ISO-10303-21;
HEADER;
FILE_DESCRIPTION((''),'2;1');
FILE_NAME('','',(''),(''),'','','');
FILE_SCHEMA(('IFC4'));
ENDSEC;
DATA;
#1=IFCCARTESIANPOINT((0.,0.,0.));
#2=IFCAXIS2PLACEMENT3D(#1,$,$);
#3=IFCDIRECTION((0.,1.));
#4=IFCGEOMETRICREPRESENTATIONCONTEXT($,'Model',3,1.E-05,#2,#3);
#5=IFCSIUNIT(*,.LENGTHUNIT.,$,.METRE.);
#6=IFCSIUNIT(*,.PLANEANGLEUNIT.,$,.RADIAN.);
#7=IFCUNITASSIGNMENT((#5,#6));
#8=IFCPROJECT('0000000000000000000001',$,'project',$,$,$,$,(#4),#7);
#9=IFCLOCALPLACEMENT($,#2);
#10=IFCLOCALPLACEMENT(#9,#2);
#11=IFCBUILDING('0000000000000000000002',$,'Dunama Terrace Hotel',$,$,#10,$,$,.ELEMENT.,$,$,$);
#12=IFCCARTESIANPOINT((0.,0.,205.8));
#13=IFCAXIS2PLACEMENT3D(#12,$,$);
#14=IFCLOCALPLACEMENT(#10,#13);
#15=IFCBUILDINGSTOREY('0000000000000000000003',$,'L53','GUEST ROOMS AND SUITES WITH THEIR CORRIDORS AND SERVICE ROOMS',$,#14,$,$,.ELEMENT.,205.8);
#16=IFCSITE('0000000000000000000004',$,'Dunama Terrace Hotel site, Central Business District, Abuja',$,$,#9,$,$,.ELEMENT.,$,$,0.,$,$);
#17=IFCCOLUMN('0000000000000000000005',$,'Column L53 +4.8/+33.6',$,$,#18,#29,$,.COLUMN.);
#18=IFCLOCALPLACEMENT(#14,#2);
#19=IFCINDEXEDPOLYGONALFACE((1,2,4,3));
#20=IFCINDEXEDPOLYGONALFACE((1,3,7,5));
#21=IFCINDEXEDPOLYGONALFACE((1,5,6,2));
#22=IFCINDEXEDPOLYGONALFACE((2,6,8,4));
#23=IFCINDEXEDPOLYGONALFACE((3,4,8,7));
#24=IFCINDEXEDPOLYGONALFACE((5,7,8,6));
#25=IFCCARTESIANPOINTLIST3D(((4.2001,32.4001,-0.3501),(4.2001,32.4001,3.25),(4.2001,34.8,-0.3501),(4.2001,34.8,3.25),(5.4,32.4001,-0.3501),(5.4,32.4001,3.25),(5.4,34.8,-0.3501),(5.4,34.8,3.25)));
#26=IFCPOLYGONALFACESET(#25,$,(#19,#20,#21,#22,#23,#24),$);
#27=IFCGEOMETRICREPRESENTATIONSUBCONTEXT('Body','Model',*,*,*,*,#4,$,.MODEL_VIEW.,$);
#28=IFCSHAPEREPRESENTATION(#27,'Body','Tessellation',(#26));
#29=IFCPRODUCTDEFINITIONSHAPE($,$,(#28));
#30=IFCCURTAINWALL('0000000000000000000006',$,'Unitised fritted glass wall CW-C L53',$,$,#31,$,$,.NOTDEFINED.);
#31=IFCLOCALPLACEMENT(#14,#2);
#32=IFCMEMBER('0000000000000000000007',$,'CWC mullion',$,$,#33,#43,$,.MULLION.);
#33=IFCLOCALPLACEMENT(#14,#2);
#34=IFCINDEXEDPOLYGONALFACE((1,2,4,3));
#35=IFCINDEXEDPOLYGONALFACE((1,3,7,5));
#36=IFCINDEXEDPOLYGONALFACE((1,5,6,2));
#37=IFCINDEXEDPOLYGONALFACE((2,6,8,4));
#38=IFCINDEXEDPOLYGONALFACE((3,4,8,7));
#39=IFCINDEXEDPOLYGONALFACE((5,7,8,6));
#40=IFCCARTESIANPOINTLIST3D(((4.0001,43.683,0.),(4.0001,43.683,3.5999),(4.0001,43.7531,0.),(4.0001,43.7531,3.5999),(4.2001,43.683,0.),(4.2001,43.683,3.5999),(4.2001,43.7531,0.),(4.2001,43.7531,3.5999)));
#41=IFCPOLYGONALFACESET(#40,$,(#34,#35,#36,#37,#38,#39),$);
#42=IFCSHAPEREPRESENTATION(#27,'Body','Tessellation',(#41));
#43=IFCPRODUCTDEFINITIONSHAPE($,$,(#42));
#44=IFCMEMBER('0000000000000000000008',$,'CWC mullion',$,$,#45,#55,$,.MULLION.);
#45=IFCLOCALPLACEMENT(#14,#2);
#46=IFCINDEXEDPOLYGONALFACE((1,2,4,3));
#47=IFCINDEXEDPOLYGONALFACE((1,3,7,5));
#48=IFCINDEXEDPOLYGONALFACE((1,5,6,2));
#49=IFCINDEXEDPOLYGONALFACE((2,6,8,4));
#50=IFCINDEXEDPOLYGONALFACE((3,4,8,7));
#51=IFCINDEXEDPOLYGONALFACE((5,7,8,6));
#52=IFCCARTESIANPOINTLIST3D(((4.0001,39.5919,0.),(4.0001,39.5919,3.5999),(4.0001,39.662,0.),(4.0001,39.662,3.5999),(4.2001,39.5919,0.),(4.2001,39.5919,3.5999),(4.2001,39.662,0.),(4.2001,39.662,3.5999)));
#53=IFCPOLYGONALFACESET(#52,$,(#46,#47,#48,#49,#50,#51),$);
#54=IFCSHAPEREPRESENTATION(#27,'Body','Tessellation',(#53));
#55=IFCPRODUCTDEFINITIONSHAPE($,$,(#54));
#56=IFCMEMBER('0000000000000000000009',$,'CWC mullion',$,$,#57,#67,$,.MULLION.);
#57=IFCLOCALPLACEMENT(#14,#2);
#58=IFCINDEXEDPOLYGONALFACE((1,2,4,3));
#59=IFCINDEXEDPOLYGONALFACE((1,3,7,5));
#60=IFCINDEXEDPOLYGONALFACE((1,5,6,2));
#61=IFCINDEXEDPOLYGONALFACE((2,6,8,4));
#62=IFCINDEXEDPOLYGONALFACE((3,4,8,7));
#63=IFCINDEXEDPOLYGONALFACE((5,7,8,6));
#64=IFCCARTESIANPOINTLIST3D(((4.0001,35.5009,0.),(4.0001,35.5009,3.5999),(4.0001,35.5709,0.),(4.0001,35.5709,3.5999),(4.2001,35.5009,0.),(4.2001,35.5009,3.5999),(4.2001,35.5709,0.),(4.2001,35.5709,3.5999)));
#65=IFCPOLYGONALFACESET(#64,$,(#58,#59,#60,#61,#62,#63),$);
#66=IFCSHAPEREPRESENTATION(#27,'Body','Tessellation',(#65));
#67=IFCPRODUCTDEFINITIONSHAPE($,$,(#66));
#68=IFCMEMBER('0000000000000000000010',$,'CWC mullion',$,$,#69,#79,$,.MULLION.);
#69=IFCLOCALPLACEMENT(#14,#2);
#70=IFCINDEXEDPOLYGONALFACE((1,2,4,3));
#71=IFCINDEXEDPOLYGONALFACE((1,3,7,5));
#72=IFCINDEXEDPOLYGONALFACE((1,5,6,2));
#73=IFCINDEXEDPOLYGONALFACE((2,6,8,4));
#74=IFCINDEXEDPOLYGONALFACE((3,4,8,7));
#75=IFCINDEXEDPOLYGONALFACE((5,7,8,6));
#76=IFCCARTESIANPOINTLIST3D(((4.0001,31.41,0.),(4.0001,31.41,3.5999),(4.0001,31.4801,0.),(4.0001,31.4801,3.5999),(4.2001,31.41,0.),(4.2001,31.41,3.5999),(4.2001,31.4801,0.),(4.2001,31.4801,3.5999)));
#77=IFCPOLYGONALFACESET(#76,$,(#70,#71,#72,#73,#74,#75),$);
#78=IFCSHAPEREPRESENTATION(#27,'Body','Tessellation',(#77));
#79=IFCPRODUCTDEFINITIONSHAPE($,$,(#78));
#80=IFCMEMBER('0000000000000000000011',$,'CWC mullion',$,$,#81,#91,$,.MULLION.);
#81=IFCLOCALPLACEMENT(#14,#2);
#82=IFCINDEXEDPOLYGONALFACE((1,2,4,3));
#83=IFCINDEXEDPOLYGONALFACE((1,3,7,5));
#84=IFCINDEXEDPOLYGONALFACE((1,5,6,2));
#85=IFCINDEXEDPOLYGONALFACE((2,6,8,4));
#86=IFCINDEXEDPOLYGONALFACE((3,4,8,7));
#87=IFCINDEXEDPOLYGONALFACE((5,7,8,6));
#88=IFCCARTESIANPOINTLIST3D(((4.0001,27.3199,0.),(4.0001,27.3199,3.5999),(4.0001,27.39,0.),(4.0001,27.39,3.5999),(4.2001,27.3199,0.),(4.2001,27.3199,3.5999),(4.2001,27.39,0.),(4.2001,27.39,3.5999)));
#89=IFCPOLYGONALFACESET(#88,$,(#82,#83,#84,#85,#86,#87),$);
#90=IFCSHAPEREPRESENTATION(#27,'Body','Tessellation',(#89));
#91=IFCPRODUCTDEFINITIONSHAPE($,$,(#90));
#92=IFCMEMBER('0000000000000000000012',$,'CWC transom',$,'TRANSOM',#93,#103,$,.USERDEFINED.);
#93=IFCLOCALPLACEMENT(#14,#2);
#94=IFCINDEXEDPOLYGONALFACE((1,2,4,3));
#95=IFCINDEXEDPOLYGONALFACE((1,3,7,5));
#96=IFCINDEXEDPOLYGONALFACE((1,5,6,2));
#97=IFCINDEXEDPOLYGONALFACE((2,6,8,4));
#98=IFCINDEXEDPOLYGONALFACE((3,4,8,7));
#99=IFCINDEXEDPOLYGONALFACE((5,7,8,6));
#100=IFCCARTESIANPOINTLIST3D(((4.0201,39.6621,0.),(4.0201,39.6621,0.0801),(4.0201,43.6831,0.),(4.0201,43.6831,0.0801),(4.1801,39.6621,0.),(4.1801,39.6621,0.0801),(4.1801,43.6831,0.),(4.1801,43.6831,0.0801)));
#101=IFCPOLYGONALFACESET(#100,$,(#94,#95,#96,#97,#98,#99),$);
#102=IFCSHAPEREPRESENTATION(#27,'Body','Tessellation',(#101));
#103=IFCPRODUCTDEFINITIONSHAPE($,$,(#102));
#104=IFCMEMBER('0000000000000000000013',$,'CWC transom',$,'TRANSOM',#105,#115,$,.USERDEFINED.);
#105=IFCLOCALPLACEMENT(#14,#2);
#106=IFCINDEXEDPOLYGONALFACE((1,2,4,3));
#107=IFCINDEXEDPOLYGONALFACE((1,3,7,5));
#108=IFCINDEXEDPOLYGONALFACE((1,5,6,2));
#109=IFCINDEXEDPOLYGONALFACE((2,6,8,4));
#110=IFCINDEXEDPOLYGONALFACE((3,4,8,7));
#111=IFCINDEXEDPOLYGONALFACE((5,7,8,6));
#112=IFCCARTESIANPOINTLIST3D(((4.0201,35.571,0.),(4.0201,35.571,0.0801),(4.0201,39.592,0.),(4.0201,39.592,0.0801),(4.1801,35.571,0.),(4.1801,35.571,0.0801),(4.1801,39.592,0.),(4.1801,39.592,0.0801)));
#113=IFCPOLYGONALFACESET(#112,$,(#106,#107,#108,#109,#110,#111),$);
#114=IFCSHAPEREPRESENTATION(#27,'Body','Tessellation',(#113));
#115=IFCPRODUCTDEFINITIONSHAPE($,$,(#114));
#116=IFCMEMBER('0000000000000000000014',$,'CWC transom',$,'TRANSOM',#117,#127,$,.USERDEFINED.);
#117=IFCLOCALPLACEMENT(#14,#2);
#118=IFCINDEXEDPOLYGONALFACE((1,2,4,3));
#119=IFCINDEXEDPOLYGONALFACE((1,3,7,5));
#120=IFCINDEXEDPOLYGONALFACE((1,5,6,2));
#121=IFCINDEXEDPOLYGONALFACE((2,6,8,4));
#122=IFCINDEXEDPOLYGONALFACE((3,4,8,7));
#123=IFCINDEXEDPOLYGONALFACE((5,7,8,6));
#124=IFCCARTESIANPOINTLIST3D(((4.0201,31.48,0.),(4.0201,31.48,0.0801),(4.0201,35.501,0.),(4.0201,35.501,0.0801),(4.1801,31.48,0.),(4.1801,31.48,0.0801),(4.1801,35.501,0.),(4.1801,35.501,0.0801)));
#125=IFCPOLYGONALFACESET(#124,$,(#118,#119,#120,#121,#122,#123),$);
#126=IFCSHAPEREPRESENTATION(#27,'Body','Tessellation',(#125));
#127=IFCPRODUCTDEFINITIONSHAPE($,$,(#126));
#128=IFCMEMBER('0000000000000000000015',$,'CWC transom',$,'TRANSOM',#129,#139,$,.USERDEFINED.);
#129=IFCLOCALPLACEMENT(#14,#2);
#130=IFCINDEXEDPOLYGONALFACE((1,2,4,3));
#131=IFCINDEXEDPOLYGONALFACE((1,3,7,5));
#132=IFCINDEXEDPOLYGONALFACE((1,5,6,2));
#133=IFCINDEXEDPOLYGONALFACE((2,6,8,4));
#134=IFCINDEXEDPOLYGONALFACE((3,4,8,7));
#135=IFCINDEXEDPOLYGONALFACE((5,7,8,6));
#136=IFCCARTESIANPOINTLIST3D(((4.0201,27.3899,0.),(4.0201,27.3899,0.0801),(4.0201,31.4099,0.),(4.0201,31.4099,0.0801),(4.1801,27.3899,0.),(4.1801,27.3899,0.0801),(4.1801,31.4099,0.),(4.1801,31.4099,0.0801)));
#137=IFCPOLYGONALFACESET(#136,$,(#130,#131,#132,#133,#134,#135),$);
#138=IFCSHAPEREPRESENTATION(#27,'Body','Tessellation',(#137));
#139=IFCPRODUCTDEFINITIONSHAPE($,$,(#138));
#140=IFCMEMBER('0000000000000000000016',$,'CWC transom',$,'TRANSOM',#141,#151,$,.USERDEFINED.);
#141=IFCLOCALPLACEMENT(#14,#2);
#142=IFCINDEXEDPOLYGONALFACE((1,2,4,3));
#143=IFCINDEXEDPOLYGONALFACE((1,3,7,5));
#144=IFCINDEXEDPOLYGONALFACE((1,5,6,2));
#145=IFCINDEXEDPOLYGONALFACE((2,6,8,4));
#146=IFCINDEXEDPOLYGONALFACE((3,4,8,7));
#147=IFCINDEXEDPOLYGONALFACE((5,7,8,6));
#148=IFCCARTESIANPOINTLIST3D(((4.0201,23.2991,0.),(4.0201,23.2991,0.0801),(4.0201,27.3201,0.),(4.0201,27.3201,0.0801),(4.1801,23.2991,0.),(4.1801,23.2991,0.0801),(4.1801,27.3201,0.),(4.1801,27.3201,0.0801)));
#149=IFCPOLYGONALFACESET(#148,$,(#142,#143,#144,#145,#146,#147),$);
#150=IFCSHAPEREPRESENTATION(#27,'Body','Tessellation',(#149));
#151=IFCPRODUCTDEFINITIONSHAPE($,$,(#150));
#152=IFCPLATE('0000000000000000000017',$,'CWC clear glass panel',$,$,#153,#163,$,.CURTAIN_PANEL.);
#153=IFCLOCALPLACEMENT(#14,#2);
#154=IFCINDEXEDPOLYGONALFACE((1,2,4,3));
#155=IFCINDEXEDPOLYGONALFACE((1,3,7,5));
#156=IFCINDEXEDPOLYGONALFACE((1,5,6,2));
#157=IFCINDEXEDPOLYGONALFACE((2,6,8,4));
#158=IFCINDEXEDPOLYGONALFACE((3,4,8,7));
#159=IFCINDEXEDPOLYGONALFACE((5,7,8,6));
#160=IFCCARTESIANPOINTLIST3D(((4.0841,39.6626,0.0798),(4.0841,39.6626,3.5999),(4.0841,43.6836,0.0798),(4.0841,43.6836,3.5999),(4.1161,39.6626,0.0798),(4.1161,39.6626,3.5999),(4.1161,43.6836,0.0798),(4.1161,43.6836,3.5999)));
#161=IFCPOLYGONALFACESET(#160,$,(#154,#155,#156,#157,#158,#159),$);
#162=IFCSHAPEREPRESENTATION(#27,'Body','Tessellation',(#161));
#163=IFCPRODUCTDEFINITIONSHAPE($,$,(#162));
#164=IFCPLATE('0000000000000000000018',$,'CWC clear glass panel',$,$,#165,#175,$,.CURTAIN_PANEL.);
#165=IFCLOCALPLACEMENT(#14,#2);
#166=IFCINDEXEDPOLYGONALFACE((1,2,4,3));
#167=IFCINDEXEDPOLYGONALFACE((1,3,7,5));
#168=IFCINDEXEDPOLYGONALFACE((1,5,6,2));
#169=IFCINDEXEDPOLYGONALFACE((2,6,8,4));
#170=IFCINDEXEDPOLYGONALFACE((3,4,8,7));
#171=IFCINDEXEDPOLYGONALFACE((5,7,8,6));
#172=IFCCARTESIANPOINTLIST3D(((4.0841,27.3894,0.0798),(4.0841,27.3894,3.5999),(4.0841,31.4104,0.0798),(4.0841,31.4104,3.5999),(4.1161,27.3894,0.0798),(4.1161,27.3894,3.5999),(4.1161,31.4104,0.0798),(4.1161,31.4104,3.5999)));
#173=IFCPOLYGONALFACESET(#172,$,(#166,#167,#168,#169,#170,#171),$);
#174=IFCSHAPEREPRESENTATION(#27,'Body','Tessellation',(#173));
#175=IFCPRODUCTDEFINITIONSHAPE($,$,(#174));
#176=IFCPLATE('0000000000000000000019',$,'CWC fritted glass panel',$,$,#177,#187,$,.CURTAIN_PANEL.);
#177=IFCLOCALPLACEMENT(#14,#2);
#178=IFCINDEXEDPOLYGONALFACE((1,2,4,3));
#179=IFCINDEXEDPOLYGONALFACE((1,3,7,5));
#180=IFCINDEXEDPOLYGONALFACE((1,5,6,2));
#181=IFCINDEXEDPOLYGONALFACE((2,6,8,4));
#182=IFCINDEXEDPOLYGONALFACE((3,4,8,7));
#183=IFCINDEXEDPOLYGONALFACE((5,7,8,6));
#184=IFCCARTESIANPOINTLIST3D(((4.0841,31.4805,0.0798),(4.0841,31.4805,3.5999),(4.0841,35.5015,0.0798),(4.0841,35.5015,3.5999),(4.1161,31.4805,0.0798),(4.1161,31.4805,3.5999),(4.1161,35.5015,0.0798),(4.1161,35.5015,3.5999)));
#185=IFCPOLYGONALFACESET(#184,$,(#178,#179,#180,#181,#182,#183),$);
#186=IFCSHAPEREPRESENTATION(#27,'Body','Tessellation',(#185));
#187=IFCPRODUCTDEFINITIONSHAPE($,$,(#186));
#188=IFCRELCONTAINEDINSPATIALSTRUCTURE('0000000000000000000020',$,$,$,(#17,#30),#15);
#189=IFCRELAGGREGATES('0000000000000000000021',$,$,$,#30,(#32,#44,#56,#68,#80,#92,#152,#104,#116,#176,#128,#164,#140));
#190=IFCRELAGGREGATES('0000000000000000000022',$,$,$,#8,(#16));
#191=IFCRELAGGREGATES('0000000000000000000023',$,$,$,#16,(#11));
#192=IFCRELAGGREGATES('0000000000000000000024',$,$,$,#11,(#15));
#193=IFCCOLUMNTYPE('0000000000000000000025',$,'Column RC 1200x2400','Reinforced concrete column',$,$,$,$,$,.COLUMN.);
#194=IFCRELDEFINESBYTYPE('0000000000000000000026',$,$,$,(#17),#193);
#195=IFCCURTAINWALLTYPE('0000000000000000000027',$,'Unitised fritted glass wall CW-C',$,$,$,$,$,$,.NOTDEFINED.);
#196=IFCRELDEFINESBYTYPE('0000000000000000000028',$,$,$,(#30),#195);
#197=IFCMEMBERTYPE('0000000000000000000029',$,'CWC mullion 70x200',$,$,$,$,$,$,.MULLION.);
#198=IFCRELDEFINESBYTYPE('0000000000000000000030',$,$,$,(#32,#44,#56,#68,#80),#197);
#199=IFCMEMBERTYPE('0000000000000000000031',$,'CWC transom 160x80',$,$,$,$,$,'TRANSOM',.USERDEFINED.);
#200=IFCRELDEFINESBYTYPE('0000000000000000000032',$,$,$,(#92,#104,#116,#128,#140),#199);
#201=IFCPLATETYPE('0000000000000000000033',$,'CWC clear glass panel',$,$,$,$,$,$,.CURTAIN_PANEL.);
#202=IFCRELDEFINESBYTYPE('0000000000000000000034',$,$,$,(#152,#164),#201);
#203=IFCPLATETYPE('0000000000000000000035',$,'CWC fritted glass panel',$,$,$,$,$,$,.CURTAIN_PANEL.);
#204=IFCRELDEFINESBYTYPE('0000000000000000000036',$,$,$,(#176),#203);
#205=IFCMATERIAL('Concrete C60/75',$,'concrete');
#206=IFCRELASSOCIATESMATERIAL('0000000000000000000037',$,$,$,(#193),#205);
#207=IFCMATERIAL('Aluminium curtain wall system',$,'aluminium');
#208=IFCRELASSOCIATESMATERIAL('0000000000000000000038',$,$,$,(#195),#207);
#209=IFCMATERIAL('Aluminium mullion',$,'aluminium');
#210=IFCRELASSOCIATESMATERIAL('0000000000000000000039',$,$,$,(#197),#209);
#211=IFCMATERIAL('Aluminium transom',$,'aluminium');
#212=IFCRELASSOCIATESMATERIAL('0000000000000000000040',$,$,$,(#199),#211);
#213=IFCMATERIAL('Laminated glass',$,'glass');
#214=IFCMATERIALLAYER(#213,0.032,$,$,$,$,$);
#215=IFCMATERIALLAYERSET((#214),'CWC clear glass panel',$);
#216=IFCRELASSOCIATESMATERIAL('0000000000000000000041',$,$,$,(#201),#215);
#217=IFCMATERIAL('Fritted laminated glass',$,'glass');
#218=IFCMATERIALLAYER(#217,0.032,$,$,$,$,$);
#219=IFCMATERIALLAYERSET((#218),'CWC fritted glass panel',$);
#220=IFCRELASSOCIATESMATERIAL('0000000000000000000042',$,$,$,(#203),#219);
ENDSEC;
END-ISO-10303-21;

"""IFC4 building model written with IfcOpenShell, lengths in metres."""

from ifc_helpers import new_model, si_unit, direction, frame, origin, origin_2d, place, context, subcontext, project, spatial, rectangle, extrude, material, layer, layer_set, material_profile, profile_set, type_object, element, aggregate, save


model = new_model("IFC4")

# Units and contexts
model_context = context("Model", 3, precision=1e-05, world=origin(), true_north=direction((0.0, 1.0)))
body_context = subcontext(model_context, "Body", "Model", "MODEL_VIEW")
ifc_project = project(units=[si_unit("LENGTHUNIT", "METRE"), si_unit("PLANEANGLEUNIT", "RADIAN")], contexts=[model_context])

# Site, building, storey
site_placement = place(None, origin())
site = spatial("IfcSite", under=ifc_project, at=site_placement, Name="Dunama Terrace Hotel site, Central Business District, Abuja", CompositionType="ELEMENT", RefElevation=0.0)
building_placement = place(site_placement, origin())
building = spatial("IfcBuilding", under=site, at=building_placement, Name="Dunama Terrace Hotel", CompositionType="ELEMENT")
storey_placement = place(building_placement, frame((0.0, 0.0, 205.8)))
storey = spatial("IfcBuildingStorey", under=building, at=storey_placement, Name="L53", Description="GUEST ROOMS AND SUITES WITH THEIR CORRIDORS AND SERVICE ROOMS", CompositionType="ELEMENT", Elevation=205.8)

# Column
ifc_material_1 = material(Name="Concrete C60/75", Category="concrete")
ifc_material_profile_1 = material_profile(ifc_material_1, rectangle(XDim=1.2, YDim=2.3999, at=origin_2d()), Name="RC 1200x2400")
ifc_profile_set_1 = profile_set([ifc_material_profile_1], Name="Concrete C60/75")
column_type = type_object("IfcColumnType", Name="Column RC 1200x2400", Description="Reinforced concrete column", PredefinedType="COLUMN", material=ifc_profile_set_1)
column_placement = place(storey_placement, frame((4.8, 33.6001, -0.3501), z_axis=(0.0, 0.0, 1.0), x_axis=(1.0, 0.0, 0.0)))
element("IfcColumn", 1, at=column_placement, inside=storey, type_object=column_type, Name="Column L53 +4.8/+33.6", PredefinedType="COLUMN", context=body_context, shape_type="SweptSolid", body=[
    extrude(rectangle(XDim=1.2, YDim=2.3999, at=origin_2d()), origin(), (0.0, 0.0, 1.0), 3.6001),
])

# Curtain wall, members, plates
ifc_material_2 = material(Name="Aluminium curtain wall system", Category="aluminium")
curtain_wall_type = type_object("IfcCurtainWallType", Name="Unitised fritted glass wall CW-C", PredefinedType="NOTDEFINED", material=ifc_material_2)
curtain_wall_placement = place(storey_placement, origin())
curtain_wall = element("IfcCurtainWall", 2, at=curtain_wall_placement, inside=storey, type_object=curtain_wall_type, Name="Unitised fritted glass wall CW-C L53", PredefinedType="NOTDEFINED")
ifc_material_3 = material(Name="Aluminium mullion", Category="aluminium")
ifc_material_profile_2 = material_profile(ifc_material_3, rectangle(XDim=0.0701, YDim=0.2, at=origin_2d()), Name="CWC MULLION 70X200")
ifc_profile_set_2 = profile_set([ifc_material_profile_2], Name="Aluminium mullion")
member_type_1 = type_object("IfcMemberType", Name="CWC mullion 70x200", PredefinedType="MULLION", material=ifc_profile_set_2)
member_1_placement = place(storey_placement, frame((4.1001, 43.718, 0.0), z_axis=(0.0, 0.0, 1.0), x_axis=(0.0, -1.0, 0.0)))
member_1 = element("IfcMember", 3, at=member_1_placement, type_object=member_type_1, Name="CWC mullion", PredefinedType="MULLION", context=body_context, shape_type="SweptSolid", body=[
    extrude(rectangle(XDim=0.0701, YDim=0.2, at=origin_2d()), origin(), (0.0, 0.0, 1.0), 3.5999),
])
member_2_placement = place(storey_placement, frame((4.1001, 39.627, 0.0), z_axis=(0.0, 0.0, 1.0), x_axis=(0.0, -1.0, 0.0)))
member_2 = element("IfcMember", 4, at=member_2_placement, type_object=member_type_1, Name="CWC mullion", PredefinedType="MULLION", context=body_context, shape_type="SweptSolid", body=[
    extrude(rectangle(XDim=0.0701, YDim=0.2, at=origin_2d()), origin(), (0.0, 0.0, 1.0), 3.5999),
])
member_3_placement = place(storey_placement, frame((4.1001, 35.5359, 0.0), z_axis=(0.0, 0.0, 1.0), x_axis=(0.0, -1.0, 0.0)))
member_3 = element("IfcMember", 5, at=member_3_placement, type_object=member_type_1, Name="CWC mullion", PredefinedType="MULLION", context=body_context, shape_type="SweptSolid", body=[
    extrude(rectangle(XDim=0.0701, YDim=0.2, at=origin_2d()), origin(), (0.0, 0.0, 1.0), 3.5999),
])
member_4_placement = place(storey_placement, frame((4.1001, 31.4451, 0.0), z_axis=(0.0, 0.0, 1.0), x_axis=(0.0, -1.0, 0.0)))
member_4 = element("IfcMember", 6, at=member_4_placement, type_object=member_type_1, Name="CWC mullion", PredefinedType="MULLION", context=body_context, shape_type="SweptSolid", body=[
    extrude(rectangle(XDim=0.0701, YDim=0.2, at=origin_2d()), origin(), (0.0, 0.0, 1.0), 3.5999),
])
member_5_placement = place(storey_placement, frame((4.1001, 27.355, 0.0), z_axis=(0.0, 0.0, 1.0), x_axis=(0.0, -1.0, 0.0)))
member_5 = element("IfcMember", 7, at=member_5_placement, type_object=member_type_1, Name="CWC mullion", PredefinedType="MULLION", context=body_context, shape_type="SweptSolid", body=[
    extrude(rectangle(XDim=0.0701, YDim=0.2, at=origin_2d()), origin(), (0.0, 0.0, 1.0), 3.5999),
])
ifc_material_4 = material(Name="Aluminium transom", Category="aluminium")
ifc_material_profile_3 = material_profile(ifc_material_4, rectangle(XDim=0.1599, YDim=0.0801, at=origin_2d()), Name="CWC TRANSOM 160X80")
ifc_profile_set_3 = profile_set([ifc_material_profile_3], Name="Aluminium transom")
member_type_2 = type_object("IfcMemberType", Name="CWC transom 160x80", ElementType="TRANSOM", PredefinedType="USERDEFINED", material=ifc_profile_set_3)
member_6_placement = place(storey_placement, frame((4.1001, 43.6831, 0.04), z_axis=(0.0, -1.0, 0.0), x_axis=(1.0, 0.0, 0.0)))
member_6 = element("IfcMember", 8, at=member_6_placement, type_object=member_type_2, Name="CWC transom", ObjectType="TRANSOM", PredefinedType="USERDEFINED", context=body_context, shape_type="SweptSolid", body=[
    extrude(rectangle(XDim=0.1599, YDim=0.0801, at=origin_2d()), origin(), (0.0, 0.0, 1.0), 4.021),
])
member_7_placement = place(storey_placement, frame((4.1001, 39.592, 0.04), z_axis=(0.0, -1.0, 0.0), x_axis=(1.0, 0.0, 0.0)))
member_7 = element("IfcMember", 9, at=member_7_placement, type_object=member_type_2, Name="CWC transom", ObjectType="TRANSOM", PredefinedType="USERDEFINED", context=body_context, shape_type="SweptSolid", body=[
    extrude(rectangle(XDim=0.1599, YDim=0.0801, at=origin_2d()), origin(), (0.0, 0.0, 1.0), 4.021),
])
member_8_placement = place(storey_placement, frame((4.1001, 35.501, 0.04), z_axis=(0.0, -1.0, 0.0), x_axis=(1.0, 0.0, 0.0)))
member_8 = element("IfcMember", 10, at=member_8_placement, type_object=member_type_2, Name="CWC transom", ObjectType="TRANSOM", PredefinedType="USERDEFINED", context=body_context, shape_type="SweptSolid", body=[
    extrude(rectangle(XDim=0.1599, YDim=0.0801, at=origin_2d()), origin(), (0.0, 0.0, 1.0), 4.021),
])
member_9_placement = place(storey_placement, frame((4.1001, 31.4099, 0.04), z_axis=(0.0, -1.0, 0.0), x_axis=(1.0, 0.0, 0.0)))
member_9 = element("IfcMember", 11, at=member_9_placement, type_object=member_type_2, Name="CWC transom", ObjectType="TRANSOM", PredefinedType="USERDEFINED", context=body_context, shape_type="SweptSolid", body=[
    extrude(rectangle(XDim=0.1599, YDim=0.0801, at=origin_2d()), origin(), (0.0, 0.0, 1.0), 4.02),
])
member_10_placement = place(storey_placement, frame((4.1001, 27.3201, 0.04), z_axis=(0.0, -1.0, 0.0), x_axis=(1.0, 0.0, 0.0)))
member_10 = element("IfcMember", 12, at=member_10_placement, type_object=member_type_2, Name="CWC transom", ObjectType="TRANSOM", PredefinedType="USERDEFINED", context=body_context, shape_type="SweptSolid", body=[
    extrude(rectangle(XDim=0.1599, YDim=0.0801, at=origin_2d()), origin(), (0.0, 0.0, 1.0), 4.021),
])
ifc_material_5 = material(Name="Laminated glass", Category="glass")
ifc_layer_1 = layer(ifc_material_5, 0.032)
ifc_layer_set_1 = layer_set([ifc_layer_1], Name="CWC clear glass panel")
plate_type_1 = type_object("IfcPlateType", Name="CWC clear glass panel", PredefinedType="CURTAIN_PANEL", material=ifc_layer_set_1)
plate_1_placement = place(storey_placement, frame((4.1001, 41.6731, 0.0798), z_axis=(0.0, 0.0, 1.0), x_axis=(0.0, -1.0, 0.0)))
plate_1 = element("IfcPlate", 13, at=plate_1_placement, type_object=plate_type_1, Name="CWC clear glass panel", PredefinedType="CURTAIN_PANEL", context=body_context, shape_type="SweptSolid", body=[
    extrude(rectangle(XDim=4.021, YDim=0.032, at=origin_2d()), origin(), (0.0, 0.0, 1.0), 3.52),
])
plate_2_placement = place(storey_placement, frame((4.1001, 29.3999, 0.0798), z_axis=(0.0, 0.0, 1.0), x_axis=(0.0, -1.0, 0.0)))
plate_2 = element("IfcPlate", 14, at=plate_2_placement, type_object=plate_type_1, Name="CWC clear glass panel", PredefinedType="CURTAIN_PANEL", context=body_context, shape_type="SweptSolid", body=[
    extrude(rectangle(XDim=4.021, YDim=0.032, at=origin_2d()), origin(), (0.0, 0.0, 1.0), 3.52),
])
ifc_material_6 = material(Name="Fritted laminated glass", Category="glass")
ifc_layer_2 = layer(ifc_material_6, 0.032)
ifc_layer_set_2 = layer_set([ifc_layer_2], Name="CWC fritted glass panel")
plate_type_2 = type_object("IfcPlateType", Name="CWC fritted glass panel", PredefinedType="CURTAIN_PANEL", material=ifc_layer_set_2)
plate_3_placement = place(storey_placement, frame((4.1001, 33.491, 0.0798), z_axis=(0.0, 0.0, 1.0), x_axis=(0.0, -1.0, 0.0)))
plate_3 = element("IfcPlate", 15, at=plate_3_placement, type_object=plate_type_2, Name="CWC fritted glass panel", PredefinedType="CURTAIN_PANEL", context=body_context, shape_type="SweptSolid", body=[
    extrude(rectangle(XDim=4.021, YDim=0.032, at=origin_2d()), origin(), (0.0, 0.0, 1.0), 3.52),
])
aggregate(curtain_wall, [member_1, member_2, member_3, member_4, member_5, member_6, plate_1, member_7, member_8, plate_3, member_9, plate_2, member_10])

save(model, "model.ifc")
